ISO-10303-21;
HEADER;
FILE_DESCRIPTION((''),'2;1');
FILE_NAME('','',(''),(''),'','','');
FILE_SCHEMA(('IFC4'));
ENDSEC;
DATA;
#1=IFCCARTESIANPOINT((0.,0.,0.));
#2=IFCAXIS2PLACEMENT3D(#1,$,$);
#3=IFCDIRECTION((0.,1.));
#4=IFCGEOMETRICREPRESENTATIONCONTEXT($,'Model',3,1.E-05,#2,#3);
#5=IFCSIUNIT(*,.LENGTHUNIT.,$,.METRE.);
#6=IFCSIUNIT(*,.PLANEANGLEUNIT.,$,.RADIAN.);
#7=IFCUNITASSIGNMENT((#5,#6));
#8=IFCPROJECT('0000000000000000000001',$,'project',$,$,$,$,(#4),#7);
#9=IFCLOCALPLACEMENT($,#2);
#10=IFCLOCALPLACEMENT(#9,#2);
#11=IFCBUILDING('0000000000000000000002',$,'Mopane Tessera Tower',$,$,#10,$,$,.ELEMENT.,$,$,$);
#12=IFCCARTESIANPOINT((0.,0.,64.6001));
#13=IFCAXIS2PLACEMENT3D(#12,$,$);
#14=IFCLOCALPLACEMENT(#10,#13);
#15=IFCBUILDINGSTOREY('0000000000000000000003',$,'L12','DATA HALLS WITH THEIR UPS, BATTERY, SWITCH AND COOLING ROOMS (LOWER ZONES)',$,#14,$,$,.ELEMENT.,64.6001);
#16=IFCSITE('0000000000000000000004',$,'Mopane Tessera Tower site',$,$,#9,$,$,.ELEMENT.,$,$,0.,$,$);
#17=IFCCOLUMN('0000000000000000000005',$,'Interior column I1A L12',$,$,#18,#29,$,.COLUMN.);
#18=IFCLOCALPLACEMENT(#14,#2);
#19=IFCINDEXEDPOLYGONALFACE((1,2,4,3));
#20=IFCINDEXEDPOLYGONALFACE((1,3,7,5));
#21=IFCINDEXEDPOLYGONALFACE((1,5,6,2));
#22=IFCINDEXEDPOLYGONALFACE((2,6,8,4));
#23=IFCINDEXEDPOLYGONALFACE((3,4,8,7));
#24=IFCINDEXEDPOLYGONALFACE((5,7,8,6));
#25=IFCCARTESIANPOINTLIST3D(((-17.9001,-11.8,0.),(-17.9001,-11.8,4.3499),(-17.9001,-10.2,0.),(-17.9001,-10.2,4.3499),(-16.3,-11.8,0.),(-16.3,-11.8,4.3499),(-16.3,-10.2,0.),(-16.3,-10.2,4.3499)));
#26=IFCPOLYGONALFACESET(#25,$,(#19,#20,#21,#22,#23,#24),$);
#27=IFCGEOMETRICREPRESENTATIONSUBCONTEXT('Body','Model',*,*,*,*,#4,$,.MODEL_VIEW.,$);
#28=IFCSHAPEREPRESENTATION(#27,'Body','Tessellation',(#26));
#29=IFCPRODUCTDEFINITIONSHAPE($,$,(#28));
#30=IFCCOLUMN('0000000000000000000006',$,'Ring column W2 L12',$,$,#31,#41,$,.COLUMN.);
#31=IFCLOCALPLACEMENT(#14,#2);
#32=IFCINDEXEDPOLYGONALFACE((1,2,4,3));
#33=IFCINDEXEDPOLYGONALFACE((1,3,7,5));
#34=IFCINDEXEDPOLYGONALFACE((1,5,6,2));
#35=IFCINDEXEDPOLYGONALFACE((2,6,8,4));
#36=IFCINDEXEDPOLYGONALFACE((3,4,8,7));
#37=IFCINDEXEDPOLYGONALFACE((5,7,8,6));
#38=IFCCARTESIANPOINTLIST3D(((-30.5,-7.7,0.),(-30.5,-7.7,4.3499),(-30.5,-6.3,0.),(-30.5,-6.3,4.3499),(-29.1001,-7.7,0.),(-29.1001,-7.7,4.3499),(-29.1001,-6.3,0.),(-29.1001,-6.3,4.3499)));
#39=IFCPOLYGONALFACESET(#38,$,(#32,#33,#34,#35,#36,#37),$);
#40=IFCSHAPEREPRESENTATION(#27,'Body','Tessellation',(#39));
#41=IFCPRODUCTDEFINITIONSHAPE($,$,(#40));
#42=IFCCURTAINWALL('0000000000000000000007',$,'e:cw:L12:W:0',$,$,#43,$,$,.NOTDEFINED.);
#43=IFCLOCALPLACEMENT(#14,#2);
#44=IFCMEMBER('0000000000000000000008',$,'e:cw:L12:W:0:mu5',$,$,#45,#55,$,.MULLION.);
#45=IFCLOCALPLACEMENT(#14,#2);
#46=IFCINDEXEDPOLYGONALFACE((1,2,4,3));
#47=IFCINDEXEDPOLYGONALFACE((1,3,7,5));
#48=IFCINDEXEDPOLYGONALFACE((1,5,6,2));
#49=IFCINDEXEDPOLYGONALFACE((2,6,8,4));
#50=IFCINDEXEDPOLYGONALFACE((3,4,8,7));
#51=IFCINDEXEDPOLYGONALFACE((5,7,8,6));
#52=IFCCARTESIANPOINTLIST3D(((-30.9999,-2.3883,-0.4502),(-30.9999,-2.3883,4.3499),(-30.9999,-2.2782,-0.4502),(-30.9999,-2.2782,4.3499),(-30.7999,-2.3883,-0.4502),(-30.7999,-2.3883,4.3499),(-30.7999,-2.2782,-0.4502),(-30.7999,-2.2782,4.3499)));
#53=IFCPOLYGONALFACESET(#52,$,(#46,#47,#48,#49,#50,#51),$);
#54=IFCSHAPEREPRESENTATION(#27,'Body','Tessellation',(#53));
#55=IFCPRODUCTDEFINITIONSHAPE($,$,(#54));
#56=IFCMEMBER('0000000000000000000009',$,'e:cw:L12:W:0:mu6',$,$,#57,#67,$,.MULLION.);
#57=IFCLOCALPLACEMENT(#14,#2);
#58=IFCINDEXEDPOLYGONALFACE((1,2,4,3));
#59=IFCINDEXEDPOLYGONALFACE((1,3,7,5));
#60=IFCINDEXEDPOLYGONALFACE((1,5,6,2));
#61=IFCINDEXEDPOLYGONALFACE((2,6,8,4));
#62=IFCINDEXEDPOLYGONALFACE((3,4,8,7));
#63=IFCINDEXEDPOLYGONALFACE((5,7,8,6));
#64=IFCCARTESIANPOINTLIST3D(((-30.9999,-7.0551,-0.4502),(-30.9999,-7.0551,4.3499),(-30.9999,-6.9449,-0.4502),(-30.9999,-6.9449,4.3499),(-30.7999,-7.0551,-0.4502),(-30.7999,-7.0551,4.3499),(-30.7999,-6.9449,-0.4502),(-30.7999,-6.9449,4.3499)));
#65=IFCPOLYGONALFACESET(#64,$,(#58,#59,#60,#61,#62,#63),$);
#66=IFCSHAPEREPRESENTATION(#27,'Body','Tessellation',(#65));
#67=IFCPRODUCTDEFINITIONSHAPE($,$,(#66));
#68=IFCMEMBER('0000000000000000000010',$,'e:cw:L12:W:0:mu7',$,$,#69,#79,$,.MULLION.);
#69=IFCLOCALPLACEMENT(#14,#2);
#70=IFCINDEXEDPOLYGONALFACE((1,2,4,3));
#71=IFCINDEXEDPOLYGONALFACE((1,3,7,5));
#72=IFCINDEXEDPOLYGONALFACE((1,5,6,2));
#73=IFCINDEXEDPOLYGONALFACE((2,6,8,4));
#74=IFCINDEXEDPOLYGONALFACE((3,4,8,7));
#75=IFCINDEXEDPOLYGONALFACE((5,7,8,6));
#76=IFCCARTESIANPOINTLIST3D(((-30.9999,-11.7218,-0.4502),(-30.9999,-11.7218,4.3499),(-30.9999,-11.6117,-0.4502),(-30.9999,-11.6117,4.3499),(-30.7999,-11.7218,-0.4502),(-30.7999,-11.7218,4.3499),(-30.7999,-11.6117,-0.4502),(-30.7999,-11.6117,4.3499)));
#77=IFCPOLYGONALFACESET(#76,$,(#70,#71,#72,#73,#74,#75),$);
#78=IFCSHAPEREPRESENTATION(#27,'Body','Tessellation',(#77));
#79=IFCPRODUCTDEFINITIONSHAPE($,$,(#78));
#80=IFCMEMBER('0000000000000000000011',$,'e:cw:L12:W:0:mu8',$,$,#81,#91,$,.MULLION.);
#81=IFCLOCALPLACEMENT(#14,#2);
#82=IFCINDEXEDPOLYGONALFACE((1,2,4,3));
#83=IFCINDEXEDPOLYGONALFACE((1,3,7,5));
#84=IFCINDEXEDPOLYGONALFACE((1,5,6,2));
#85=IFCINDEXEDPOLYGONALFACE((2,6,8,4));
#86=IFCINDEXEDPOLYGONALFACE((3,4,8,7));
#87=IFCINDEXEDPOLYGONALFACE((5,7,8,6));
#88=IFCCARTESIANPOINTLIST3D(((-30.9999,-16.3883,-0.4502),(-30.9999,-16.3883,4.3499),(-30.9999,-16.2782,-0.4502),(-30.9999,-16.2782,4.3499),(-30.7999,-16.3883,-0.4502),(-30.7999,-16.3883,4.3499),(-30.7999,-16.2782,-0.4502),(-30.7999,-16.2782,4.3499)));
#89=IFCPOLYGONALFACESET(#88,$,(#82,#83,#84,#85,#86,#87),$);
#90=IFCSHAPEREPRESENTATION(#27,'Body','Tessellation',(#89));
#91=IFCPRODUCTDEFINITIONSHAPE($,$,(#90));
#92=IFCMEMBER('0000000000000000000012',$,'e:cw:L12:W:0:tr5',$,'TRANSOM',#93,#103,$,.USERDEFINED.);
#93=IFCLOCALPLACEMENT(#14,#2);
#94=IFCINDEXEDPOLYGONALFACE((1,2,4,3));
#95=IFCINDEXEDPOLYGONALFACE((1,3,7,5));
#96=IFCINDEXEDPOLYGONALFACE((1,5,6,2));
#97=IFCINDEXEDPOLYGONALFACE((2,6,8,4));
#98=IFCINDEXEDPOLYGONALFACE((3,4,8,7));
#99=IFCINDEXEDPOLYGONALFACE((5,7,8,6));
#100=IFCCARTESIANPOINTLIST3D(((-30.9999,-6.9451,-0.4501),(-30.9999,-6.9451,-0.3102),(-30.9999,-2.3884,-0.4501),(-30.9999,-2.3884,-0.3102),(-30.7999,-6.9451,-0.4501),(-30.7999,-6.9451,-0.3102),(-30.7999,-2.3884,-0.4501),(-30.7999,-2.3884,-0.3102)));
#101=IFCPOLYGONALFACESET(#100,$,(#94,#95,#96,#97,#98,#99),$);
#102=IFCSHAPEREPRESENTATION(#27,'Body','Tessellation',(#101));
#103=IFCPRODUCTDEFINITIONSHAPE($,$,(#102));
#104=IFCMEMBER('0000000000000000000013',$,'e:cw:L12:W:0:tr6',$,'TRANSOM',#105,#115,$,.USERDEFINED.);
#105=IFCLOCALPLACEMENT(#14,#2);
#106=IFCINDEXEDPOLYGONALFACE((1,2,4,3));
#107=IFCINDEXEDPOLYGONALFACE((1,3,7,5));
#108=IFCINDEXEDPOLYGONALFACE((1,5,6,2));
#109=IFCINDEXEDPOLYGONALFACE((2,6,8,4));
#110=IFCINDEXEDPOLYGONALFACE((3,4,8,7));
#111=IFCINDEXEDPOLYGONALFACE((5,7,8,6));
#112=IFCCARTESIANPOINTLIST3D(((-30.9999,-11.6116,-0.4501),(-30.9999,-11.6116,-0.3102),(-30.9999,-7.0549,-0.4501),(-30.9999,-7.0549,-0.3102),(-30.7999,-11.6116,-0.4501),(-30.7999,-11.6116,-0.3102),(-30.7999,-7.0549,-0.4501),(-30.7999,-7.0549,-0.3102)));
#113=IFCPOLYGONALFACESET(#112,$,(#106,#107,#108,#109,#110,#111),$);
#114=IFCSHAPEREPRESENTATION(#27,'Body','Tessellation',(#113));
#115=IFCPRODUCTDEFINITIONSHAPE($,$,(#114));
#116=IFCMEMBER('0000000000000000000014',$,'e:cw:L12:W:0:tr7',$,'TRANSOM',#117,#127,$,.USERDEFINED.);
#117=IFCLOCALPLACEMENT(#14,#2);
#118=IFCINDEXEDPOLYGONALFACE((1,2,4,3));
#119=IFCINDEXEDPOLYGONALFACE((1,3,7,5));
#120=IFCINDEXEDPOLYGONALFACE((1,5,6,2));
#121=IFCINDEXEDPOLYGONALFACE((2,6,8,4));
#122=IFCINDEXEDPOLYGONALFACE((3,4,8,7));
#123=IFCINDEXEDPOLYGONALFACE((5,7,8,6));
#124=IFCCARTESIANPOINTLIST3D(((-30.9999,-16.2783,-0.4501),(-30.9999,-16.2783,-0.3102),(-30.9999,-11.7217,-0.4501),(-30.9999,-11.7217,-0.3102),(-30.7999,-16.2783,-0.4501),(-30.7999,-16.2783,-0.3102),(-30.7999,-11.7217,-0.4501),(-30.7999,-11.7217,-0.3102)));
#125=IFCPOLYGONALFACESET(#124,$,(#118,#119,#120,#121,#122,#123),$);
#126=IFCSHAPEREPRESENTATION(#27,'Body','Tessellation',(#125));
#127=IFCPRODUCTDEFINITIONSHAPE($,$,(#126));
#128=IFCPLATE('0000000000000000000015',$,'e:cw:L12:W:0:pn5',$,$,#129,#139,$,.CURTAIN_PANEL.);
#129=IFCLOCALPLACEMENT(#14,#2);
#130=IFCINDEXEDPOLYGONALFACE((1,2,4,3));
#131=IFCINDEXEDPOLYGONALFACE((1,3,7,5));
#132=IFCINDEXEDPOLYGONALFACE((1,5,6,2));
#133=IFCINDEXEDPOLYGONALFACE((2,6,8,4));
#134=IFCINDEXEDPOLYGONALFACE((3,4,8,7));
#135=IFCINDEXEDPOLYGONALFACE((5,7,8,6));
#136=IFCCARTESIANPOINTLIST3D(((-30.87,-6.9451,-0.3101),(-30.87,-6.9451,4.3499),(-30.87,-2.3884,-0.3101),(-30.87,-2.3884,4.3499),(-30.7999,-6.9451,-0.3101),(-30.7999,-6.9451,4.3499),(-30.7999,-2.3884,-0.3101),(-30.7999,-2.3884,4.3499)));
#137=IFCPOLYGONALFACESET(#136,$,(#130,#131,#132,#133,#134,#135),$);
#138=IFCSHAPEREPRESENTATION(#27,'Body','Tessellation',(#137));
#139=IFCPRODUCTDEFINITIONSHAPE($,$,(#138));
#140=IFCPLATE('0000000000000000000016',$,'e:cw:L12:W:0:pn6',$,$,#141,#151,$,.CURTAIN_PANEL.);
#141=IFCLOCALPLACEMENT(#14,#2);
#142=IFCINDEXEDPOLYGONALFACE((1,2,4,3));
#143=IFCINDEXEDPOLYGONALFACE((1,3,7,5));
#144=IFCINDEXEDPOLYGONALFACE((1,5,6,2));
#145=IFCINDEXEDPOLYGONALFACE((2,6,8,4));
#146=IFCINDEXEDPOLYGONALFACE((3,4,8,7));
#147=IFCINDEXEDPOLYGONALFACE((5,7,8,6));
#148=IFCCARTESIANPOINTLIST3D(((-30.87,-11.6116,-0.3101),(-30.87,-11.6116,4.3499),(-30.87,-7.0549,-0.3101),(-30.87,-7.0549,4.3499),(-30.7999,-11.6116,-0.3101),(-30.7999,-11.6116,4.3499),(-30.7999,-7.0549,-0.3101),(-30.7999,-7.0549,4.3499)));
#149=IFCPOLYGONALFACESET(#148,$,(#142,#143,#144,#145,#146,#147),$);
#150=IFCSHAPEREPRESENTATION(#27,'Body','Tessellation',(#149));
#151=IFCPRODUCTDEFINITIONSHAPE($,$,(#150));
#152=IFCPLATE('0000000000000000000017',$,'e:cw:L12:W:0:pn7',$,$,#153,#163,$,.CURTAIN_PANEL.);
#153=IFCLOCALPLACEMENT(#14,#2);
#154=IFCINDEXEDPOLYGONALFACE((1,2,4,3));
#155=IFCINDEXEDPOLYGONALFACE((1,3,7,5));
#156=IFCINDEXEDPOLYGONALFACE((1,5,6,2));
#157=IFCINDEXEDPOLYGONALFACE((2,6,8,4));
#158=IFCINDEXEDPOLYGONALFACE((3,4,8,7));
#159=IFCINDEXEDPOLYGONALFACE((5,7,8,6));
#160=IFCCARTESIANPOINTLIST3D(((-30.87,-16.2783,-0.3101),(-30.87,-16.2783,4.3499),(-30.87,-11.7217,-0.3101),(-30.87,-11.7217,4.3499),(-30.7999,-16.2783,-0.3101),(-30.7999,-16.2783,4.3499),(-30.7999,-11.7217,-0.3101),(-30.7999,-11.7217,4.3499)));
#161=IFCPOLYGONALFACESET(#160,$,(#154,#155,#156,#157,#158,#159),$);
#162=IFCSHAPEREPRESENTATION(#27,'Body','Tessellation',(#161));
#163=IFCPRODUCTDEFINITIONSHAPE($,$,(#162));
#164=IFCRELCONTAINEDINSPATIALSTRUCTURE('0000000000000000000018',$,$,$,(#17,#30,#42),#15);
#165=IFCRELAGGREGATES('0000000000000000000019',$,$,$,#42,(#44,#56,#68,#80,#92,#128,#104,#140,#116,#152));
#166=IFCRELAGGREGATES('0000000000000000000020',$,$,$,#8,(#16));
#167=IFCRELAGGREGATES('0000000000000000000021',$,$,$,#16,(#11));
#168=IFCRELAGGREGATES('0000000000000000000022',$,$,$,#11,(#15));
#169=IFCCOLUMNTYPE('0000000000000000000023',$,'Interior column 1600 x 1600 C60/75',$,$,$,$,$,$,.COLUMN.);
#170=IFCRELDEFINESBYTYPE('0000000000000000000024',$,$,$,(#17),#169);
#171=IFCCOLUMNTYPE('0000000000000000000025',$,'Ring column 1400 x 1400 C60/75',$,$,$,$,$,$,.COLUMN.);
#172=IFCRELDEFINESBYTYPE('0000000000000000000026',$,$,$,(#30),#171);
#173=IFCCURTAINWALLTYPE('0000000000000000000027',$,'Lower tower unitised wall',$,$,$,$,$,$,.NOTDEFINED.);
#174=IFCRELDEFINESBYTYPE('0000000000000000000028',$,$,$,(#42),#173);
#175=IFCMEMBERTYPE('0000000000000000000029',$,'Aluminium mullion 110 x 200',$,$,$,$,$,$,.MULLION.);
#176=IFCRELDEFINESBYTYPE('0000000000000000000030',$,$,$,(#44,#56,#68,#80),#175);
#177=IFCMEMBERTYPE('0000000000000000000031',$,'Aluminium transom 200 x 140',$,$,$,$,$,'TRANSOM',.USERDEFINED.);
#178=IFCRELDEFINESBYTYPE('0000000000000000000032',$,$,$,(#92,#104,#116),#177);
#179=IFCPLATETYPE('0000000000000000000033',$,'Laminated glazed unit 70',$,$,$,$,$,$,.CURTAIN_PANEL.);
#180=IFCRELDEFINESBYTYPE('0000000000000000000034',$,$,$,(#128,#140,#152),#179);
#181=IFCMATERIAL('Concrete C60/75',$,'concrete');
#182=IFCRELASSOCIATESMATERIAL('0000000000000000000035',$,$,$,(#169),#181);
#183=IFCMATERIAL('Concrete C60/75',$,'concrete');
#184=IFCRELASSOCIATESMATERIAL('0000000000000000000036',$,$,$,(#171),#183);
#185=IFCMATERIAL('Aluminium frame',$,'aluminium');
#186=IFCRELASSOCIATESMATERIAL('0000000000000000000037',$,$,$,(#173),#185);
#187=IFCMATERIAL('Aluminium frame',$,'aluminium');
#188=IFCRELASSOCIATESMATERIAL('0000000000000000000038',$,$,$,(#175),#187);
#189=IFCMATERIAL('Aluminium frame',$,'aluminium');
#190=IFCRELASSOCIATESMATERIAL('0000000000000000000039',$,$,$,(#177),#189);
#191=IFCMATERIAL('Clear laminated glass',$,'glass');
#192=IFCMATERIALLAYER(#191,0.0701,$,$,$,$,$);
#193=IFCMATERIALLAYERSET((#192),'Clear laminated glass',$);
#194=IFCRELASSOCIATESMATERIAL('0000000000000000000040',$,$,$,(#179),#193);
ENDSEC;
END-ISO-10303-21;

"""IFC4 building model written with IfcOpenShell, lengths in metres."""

from ifc_helpers import new_model, si_unit, direction, frame, origin, origin_2d, place, context, subcontext, project, spatial, rectangle, extrude, material, layer, layer_set, material_profile, profile_set, type_object, element, aggregate, save


model = new_model("IFC4")

# Units and contexts
model_context = context("Model", 3, precision=1e-05, world=origin(), true_north=direction((0.0, 1.0)))
body_context = subcontext(model_context, "Body", "Model", "MODEL_VIEW")
ifc_project = project(units=[si_unit("LENGTHUNIT", "METRE"), si_unit("PLANEANGLEUNIT", "RADIAN")], contexts=[model_context])

# Site, building, storey
site_placement = place(None, origin())
site = spatial("IfcSite", under=ifc_project, at=site_placement, Name="Mopane Tessera Tower site", CompositionType="ELEMENT", RefElevation=0.0)
building_placement = place(site_placement, origin())
building = spatial("IfcBuilding", under=site, at=building_placement, Name="Mopane Tessera Tower", CompositionType="ELEMENT")
storey_placement = place(building_placement, frame((0.0, 0.0, 64.6001)))
storey = spatial("IfcBuildingStorey", under=building, at=storey_placement, Name="L12", Description="DATA HALLS WITH THEIR UPS, BATTERY, SWITCH AND COOLING ROOMS (LOWER ZONES)", CompositionType="ELEMENT", Elevation=64.6001)

# Columns
ifc_material_1 = material(Name="Concrete C60/75", Category="concrete")
ifc_material_profile_1 = material_profile(ifc_material_1, rectangle(XDim=1.6001, YDim=1.6001, at=origin_2d()))
ifc_profile_set_1 = profile_set([ifc_material_profile_1], Name="Concrete C60/75")
column_type_1 = type_object("IfcColumnType", Name="Interior column 1600 x 1600 C60/75", PredefinedType="COLUMN", material=ifc_profile_set_1)
column_1_placement = place(storey_placement, frame((-17.1001, -11.0, 0.0), z_axis=(0.0, 0.0, 1.0), x_axis=(1.0, 0.0, 0.0)))
element("IfcColumn", 1, at=column_1_placement, inside=storey, type_object=column_type_1, Name="Interior column I1A L12", PredefinedType="COLUMN", context=body_context, shape_type="SweptSolid", body=[
    extrude(rectangle(XDim=1.6001, YDim=1.6001, at=origin_2d()), origin(), (0.0, 0.0, 1.0), 4.3499),
])
ifc_material_2 = material(Name="Concrete C60/75", Category="concrete")
ifc_material_profile_2 = material_profile(ifc_material_2, rectangle(XDim=1.3999, YDim=1.3999, at=origin_2d()))
ifc_profile_set_2 = profile_set([ifc_material_profile_2], Name="Concrete C60/75")
column_type_2 = type_object("IfcColumnType", Name="Ring column 1400 x 1400 C60/75", PredefinedType="COLUMN", material=ifc_profile_set_2)
column_2_placement = place(storey_placement, frame((-29.8, -7.0, 0.0), z_axis=(0.0, 0.0, 1.0), x_axis=(1.0, 0.0, 0.0)))
element("IfcColumn", 2, at=column_2_placement, inside=storey, type_object=column_type_2, Name="Ring column W2 L12", PredefinedType="COLUMN", context=body_context, shape_type="SweptSolid", body=[
    extrude(rectangle(XDim=1.3999, YDim=1.3999, at=origin_2d()), origin(), (0.0, 0.0, 1.0), 4.3499),
])

# Curtain wall, members, plates
ifc_material_3 = material(Name="Aluminium frame", Category="aluminium")
curtain_wall_type = type_object("IfcCurtainWallType", Name="Lower tower unitised wall", PredefinedType="NOTDEFINED", material=ifc_material_3)
curtain_wall_placement = place(storey_placement, origin())
curtain_wall = element("IfcCurtainWall", 3, at=curtain_wall_placement, inside=storey, type_object=curtain_wall_type, Name="e:cw:L12:W:0", PredefinedType="NOTDEFINED")
ifc_material_4 = material(Name="Aluminium frame", Category="aluminium")
ifc_material_profile_3 = material_profile(ifc_material_4, rectangle(XDim=0.1101, YDim=0.2, at=origin_2d()))
ifc_profile_set_3 = profile_set([ifc_material_profile_3], Name="Aluminium frame")
member_type_1 = type_object("IfcMemberType", Name="Aluminium mullion 110 x 200", PredefinedType="MULLION", material=ifc_profile_set_3)
member_1_placement = place(storey_placement, frame((-30.8999, -2.3333, -0.4502), z_axis=(0.0, 0.0, 1.0), x_axis=(0.0, -1.0, 0.0)))
member_1 = element("IfcMember", 4, at=member_1_placement, type_object=member_type_1, Name="e:cw:L12:W:0:mu5", PredefinedType="MULLION", context=body_context, shape_type="SweptSolid", body=[
    extrude(rectangle(XDim=0.1101, YDim=0.2, at=origin_2d()), origin(), (0.0, 0.0, 1.0), 4.8),
])
member_2_placement = place(storey_placement, frame((-30.8999, -7.0, -0.4502), z_axis=(0.0, 0.0, 1.0), x_axis=(0.0, -1.0, 0.0)))
member_2 = element("IfcMember", 5, at=member_2_placement, type_object=member_type_1, Name="e:cw:L12:W:0:mu6", PredefinedType="MULLION", context=body_context, shape_type="SweptSolid", body=[
    extrude(rectangle(XDim=0.1101, YDim=0.2, at=origin_2d()), origin(), (0.0, 0.0, 1.0), 4.8),
])
member_3_placement = place(storey_placement, frame((-30.8999, -11.6667, -0.4502), z_axis=(0.0, 0.0, 1.0), x_axis=(0.0, -1.0, 0.0)))
member_3 = element("IfcMember", 6, at=member_3_placement, type_object=member_type_1, Name="e:cw:L12:W:0:mu7", PredefinedType="MULLION", context=body_context, shape_type="SweptSolid", body=[
    extrude(rectangle(XDim=0.1101, YDim=0.2, at=origin_2d()), origin(), (0.0, 0.0, 1.0), 4.8),
])
member_4_placement = place(storey_placement, frame((-30.8999, -16.3333, -0.4502), z_axis=(0.0, 0.0, 1.0), x_axis=(0.0, -1.0, 0.0)))
member_4 = element("IfcMember", 7, at=member_4_placement, type_object=member_type_1, Name="e:cw:L12:W:0:mu8", PredefinedType="MULLION", context=body_context, shape_type="SweptSolid", body=[
    extrude(rectangle(XDim=0.1101, YDim=0.2, at=origin_2d()), origin(), (0.0, 0.0, 1.0), 4.8),
])
ifc_material_5 = material(Name="Aluminium frame", Category="aluminium")
ifc_material_profile_4 = material_profile(ifc_material_5, rectangle(XDim=0.2, YDim=0.1399, at=origin_2d()))
ifc_profile_set_4 = profile_set([ifc_material_profile_4], Name="Aluminium frame")
member_type_2 = type_object("IfcMemberType", Name="Aluminium transom 200 x 140", ElementType="TRANSOM", PredefinedType="USERDEFINED", material=ifc_profile_set_4)
member_5_placement = place(storey_placement, frame((-30.8999, -2.3884, -0.3801), z_axis=(0.0, -1.0, 0.0), x_axis=(1.0, 0.0, 0.0)))
member_5 = element("IfcMember", 8, at=member_5_placement, type_object=member_type_2, Name="e:cw:L12:W:0:tr5", ObjectType="TRANSOM", PredefinedType="USERDEFINED", context=body_context, shape_type="SweptSolid", body=[
    extrude(rectangle(XDim=0.2, YDim=0.1399, at=origin_2d()), origin(), (0.0, 0.0, 1.0), 4.5566),
])
member_6_placement = place(storey_placement, frame((-30.8999, -7.0549, -0.3801), z_axis=(0.0, -1.0, 0.0), x_axis=(1.0, 0.0, 0.0)))
member_6 = element("IfcMember", 9, at=member_6_placement, type_object=member_type_2, Name="e:cw:L12:W:0:tr6", ObjectType="TRANSOM", PredefinedType="USERDEFINED", context=body_context, shape_type="SweptSolid", body=[
    extrude(rectangle(XDim=0.2, YDim=0.1399, at=origin_2d()), origin(), (0.0, 0.0, 1.0), 4.5566),
])
member_7_placement = place(storey_placement, frame((-30.8999, -11.7217, -0.3801), z_axis=(0.0, -1.0, 0.0), x_axis=(1.0, 0.0, 0.0)))
member_7 = element("IfcMember", 10, at=member_7_placement, type_object=member_type_2, Name="e:cw:L12:W:0:tr7", ObjectType="TRANSOM", PredefinedType="USERDEFINED", context=body_context, shape_type="SweptSolid", body=[
    extrude(rectangle(XDim=0.2, YDim=0.1399, at=origin_2d()), origin(), (0.0, 0.0, 1.0), 4.5566),
])
ifc_material_6 = material(Name="Clear laminated glass", Category="glass")
ifc_layer_1 = layer(ifc_material_6, 0.0701)
ifc_layer_set_1 = layer_set([ifc_layer_1], Name="Clear laminated glass")
plate_type = type_object("IfcPlateType", Name="Laminated glazed unit 70", PredefinedType="CURTAIN_PANEL", material=ifc_layer_set_1)
plate_1_placement = place(storey_placement, frame((-30.835, -4.6667, -0.3101), z_axis=(0.0, 0.0, 1.0), x_axis=(0.0, -1.0, 0.0)))
plate_1 = element("IfcPlate", 11, at=plate_1_placement, type_object=plate_type, Name="e:cw:L12:W:0:pn5", PredefinedType="CURTAIN_PANEL", context=body_context, shape_type="SweptSolid", body=[
    extrude(rectangle(XDim=4.5566, YDim=0.0701, at=origin_2d()), origin(), (0.0, 0.0, 1.0), 4.6599),
])
plate_2_placement = place(storey_placement, frame((-30.835, -9.3333, -0.3101), z_axis=(0.0, 0.0, 1.0), x_axis=(0.0, -1.0, 0.0)))
plate_2 = element("IfcPlate", 12, at=plate_2_placement, type_object=plate_type, Name="e:cw:L12:W:0:pn6", PredefinedType="CURTAIN_PANEL", context=body_context, shape_type="SweptSolid", body=[
    extrude(rectangle(XDim=4.5566, YDim=0.0701, at=origin_2d()), origin(), (0.0, 0.0, 1.0), 4.6599),
])
plate_3_placement = place(storey_placement, frame((-30.835, -14.0, -0.3101), z_axis=(0.0, 0.0, 1.0), x_axis=(0.0, -1.0, 0.0)))
plate_3 = element("IfcPlate", 13, at=plate_3_placement, type_object=plate_type, Name="e:cw:L12:W:0:pn7", PredefinedType="CURTAIN_PANEL", context=body_context, shape_type="SweptSolid", body=[
    extrude(rectangle(XDim=4.5566, YDim=0.0701, at=origin_2d()), origin(), (0.0, 0.0, 1.0), 4.6599),
])
aggregate(curtain_wall, [member_1, member_2, member_3, member_4, member_5, plate_1, member_6, plate_2, member_7, plate_3])

save(model, "model.ifc")
